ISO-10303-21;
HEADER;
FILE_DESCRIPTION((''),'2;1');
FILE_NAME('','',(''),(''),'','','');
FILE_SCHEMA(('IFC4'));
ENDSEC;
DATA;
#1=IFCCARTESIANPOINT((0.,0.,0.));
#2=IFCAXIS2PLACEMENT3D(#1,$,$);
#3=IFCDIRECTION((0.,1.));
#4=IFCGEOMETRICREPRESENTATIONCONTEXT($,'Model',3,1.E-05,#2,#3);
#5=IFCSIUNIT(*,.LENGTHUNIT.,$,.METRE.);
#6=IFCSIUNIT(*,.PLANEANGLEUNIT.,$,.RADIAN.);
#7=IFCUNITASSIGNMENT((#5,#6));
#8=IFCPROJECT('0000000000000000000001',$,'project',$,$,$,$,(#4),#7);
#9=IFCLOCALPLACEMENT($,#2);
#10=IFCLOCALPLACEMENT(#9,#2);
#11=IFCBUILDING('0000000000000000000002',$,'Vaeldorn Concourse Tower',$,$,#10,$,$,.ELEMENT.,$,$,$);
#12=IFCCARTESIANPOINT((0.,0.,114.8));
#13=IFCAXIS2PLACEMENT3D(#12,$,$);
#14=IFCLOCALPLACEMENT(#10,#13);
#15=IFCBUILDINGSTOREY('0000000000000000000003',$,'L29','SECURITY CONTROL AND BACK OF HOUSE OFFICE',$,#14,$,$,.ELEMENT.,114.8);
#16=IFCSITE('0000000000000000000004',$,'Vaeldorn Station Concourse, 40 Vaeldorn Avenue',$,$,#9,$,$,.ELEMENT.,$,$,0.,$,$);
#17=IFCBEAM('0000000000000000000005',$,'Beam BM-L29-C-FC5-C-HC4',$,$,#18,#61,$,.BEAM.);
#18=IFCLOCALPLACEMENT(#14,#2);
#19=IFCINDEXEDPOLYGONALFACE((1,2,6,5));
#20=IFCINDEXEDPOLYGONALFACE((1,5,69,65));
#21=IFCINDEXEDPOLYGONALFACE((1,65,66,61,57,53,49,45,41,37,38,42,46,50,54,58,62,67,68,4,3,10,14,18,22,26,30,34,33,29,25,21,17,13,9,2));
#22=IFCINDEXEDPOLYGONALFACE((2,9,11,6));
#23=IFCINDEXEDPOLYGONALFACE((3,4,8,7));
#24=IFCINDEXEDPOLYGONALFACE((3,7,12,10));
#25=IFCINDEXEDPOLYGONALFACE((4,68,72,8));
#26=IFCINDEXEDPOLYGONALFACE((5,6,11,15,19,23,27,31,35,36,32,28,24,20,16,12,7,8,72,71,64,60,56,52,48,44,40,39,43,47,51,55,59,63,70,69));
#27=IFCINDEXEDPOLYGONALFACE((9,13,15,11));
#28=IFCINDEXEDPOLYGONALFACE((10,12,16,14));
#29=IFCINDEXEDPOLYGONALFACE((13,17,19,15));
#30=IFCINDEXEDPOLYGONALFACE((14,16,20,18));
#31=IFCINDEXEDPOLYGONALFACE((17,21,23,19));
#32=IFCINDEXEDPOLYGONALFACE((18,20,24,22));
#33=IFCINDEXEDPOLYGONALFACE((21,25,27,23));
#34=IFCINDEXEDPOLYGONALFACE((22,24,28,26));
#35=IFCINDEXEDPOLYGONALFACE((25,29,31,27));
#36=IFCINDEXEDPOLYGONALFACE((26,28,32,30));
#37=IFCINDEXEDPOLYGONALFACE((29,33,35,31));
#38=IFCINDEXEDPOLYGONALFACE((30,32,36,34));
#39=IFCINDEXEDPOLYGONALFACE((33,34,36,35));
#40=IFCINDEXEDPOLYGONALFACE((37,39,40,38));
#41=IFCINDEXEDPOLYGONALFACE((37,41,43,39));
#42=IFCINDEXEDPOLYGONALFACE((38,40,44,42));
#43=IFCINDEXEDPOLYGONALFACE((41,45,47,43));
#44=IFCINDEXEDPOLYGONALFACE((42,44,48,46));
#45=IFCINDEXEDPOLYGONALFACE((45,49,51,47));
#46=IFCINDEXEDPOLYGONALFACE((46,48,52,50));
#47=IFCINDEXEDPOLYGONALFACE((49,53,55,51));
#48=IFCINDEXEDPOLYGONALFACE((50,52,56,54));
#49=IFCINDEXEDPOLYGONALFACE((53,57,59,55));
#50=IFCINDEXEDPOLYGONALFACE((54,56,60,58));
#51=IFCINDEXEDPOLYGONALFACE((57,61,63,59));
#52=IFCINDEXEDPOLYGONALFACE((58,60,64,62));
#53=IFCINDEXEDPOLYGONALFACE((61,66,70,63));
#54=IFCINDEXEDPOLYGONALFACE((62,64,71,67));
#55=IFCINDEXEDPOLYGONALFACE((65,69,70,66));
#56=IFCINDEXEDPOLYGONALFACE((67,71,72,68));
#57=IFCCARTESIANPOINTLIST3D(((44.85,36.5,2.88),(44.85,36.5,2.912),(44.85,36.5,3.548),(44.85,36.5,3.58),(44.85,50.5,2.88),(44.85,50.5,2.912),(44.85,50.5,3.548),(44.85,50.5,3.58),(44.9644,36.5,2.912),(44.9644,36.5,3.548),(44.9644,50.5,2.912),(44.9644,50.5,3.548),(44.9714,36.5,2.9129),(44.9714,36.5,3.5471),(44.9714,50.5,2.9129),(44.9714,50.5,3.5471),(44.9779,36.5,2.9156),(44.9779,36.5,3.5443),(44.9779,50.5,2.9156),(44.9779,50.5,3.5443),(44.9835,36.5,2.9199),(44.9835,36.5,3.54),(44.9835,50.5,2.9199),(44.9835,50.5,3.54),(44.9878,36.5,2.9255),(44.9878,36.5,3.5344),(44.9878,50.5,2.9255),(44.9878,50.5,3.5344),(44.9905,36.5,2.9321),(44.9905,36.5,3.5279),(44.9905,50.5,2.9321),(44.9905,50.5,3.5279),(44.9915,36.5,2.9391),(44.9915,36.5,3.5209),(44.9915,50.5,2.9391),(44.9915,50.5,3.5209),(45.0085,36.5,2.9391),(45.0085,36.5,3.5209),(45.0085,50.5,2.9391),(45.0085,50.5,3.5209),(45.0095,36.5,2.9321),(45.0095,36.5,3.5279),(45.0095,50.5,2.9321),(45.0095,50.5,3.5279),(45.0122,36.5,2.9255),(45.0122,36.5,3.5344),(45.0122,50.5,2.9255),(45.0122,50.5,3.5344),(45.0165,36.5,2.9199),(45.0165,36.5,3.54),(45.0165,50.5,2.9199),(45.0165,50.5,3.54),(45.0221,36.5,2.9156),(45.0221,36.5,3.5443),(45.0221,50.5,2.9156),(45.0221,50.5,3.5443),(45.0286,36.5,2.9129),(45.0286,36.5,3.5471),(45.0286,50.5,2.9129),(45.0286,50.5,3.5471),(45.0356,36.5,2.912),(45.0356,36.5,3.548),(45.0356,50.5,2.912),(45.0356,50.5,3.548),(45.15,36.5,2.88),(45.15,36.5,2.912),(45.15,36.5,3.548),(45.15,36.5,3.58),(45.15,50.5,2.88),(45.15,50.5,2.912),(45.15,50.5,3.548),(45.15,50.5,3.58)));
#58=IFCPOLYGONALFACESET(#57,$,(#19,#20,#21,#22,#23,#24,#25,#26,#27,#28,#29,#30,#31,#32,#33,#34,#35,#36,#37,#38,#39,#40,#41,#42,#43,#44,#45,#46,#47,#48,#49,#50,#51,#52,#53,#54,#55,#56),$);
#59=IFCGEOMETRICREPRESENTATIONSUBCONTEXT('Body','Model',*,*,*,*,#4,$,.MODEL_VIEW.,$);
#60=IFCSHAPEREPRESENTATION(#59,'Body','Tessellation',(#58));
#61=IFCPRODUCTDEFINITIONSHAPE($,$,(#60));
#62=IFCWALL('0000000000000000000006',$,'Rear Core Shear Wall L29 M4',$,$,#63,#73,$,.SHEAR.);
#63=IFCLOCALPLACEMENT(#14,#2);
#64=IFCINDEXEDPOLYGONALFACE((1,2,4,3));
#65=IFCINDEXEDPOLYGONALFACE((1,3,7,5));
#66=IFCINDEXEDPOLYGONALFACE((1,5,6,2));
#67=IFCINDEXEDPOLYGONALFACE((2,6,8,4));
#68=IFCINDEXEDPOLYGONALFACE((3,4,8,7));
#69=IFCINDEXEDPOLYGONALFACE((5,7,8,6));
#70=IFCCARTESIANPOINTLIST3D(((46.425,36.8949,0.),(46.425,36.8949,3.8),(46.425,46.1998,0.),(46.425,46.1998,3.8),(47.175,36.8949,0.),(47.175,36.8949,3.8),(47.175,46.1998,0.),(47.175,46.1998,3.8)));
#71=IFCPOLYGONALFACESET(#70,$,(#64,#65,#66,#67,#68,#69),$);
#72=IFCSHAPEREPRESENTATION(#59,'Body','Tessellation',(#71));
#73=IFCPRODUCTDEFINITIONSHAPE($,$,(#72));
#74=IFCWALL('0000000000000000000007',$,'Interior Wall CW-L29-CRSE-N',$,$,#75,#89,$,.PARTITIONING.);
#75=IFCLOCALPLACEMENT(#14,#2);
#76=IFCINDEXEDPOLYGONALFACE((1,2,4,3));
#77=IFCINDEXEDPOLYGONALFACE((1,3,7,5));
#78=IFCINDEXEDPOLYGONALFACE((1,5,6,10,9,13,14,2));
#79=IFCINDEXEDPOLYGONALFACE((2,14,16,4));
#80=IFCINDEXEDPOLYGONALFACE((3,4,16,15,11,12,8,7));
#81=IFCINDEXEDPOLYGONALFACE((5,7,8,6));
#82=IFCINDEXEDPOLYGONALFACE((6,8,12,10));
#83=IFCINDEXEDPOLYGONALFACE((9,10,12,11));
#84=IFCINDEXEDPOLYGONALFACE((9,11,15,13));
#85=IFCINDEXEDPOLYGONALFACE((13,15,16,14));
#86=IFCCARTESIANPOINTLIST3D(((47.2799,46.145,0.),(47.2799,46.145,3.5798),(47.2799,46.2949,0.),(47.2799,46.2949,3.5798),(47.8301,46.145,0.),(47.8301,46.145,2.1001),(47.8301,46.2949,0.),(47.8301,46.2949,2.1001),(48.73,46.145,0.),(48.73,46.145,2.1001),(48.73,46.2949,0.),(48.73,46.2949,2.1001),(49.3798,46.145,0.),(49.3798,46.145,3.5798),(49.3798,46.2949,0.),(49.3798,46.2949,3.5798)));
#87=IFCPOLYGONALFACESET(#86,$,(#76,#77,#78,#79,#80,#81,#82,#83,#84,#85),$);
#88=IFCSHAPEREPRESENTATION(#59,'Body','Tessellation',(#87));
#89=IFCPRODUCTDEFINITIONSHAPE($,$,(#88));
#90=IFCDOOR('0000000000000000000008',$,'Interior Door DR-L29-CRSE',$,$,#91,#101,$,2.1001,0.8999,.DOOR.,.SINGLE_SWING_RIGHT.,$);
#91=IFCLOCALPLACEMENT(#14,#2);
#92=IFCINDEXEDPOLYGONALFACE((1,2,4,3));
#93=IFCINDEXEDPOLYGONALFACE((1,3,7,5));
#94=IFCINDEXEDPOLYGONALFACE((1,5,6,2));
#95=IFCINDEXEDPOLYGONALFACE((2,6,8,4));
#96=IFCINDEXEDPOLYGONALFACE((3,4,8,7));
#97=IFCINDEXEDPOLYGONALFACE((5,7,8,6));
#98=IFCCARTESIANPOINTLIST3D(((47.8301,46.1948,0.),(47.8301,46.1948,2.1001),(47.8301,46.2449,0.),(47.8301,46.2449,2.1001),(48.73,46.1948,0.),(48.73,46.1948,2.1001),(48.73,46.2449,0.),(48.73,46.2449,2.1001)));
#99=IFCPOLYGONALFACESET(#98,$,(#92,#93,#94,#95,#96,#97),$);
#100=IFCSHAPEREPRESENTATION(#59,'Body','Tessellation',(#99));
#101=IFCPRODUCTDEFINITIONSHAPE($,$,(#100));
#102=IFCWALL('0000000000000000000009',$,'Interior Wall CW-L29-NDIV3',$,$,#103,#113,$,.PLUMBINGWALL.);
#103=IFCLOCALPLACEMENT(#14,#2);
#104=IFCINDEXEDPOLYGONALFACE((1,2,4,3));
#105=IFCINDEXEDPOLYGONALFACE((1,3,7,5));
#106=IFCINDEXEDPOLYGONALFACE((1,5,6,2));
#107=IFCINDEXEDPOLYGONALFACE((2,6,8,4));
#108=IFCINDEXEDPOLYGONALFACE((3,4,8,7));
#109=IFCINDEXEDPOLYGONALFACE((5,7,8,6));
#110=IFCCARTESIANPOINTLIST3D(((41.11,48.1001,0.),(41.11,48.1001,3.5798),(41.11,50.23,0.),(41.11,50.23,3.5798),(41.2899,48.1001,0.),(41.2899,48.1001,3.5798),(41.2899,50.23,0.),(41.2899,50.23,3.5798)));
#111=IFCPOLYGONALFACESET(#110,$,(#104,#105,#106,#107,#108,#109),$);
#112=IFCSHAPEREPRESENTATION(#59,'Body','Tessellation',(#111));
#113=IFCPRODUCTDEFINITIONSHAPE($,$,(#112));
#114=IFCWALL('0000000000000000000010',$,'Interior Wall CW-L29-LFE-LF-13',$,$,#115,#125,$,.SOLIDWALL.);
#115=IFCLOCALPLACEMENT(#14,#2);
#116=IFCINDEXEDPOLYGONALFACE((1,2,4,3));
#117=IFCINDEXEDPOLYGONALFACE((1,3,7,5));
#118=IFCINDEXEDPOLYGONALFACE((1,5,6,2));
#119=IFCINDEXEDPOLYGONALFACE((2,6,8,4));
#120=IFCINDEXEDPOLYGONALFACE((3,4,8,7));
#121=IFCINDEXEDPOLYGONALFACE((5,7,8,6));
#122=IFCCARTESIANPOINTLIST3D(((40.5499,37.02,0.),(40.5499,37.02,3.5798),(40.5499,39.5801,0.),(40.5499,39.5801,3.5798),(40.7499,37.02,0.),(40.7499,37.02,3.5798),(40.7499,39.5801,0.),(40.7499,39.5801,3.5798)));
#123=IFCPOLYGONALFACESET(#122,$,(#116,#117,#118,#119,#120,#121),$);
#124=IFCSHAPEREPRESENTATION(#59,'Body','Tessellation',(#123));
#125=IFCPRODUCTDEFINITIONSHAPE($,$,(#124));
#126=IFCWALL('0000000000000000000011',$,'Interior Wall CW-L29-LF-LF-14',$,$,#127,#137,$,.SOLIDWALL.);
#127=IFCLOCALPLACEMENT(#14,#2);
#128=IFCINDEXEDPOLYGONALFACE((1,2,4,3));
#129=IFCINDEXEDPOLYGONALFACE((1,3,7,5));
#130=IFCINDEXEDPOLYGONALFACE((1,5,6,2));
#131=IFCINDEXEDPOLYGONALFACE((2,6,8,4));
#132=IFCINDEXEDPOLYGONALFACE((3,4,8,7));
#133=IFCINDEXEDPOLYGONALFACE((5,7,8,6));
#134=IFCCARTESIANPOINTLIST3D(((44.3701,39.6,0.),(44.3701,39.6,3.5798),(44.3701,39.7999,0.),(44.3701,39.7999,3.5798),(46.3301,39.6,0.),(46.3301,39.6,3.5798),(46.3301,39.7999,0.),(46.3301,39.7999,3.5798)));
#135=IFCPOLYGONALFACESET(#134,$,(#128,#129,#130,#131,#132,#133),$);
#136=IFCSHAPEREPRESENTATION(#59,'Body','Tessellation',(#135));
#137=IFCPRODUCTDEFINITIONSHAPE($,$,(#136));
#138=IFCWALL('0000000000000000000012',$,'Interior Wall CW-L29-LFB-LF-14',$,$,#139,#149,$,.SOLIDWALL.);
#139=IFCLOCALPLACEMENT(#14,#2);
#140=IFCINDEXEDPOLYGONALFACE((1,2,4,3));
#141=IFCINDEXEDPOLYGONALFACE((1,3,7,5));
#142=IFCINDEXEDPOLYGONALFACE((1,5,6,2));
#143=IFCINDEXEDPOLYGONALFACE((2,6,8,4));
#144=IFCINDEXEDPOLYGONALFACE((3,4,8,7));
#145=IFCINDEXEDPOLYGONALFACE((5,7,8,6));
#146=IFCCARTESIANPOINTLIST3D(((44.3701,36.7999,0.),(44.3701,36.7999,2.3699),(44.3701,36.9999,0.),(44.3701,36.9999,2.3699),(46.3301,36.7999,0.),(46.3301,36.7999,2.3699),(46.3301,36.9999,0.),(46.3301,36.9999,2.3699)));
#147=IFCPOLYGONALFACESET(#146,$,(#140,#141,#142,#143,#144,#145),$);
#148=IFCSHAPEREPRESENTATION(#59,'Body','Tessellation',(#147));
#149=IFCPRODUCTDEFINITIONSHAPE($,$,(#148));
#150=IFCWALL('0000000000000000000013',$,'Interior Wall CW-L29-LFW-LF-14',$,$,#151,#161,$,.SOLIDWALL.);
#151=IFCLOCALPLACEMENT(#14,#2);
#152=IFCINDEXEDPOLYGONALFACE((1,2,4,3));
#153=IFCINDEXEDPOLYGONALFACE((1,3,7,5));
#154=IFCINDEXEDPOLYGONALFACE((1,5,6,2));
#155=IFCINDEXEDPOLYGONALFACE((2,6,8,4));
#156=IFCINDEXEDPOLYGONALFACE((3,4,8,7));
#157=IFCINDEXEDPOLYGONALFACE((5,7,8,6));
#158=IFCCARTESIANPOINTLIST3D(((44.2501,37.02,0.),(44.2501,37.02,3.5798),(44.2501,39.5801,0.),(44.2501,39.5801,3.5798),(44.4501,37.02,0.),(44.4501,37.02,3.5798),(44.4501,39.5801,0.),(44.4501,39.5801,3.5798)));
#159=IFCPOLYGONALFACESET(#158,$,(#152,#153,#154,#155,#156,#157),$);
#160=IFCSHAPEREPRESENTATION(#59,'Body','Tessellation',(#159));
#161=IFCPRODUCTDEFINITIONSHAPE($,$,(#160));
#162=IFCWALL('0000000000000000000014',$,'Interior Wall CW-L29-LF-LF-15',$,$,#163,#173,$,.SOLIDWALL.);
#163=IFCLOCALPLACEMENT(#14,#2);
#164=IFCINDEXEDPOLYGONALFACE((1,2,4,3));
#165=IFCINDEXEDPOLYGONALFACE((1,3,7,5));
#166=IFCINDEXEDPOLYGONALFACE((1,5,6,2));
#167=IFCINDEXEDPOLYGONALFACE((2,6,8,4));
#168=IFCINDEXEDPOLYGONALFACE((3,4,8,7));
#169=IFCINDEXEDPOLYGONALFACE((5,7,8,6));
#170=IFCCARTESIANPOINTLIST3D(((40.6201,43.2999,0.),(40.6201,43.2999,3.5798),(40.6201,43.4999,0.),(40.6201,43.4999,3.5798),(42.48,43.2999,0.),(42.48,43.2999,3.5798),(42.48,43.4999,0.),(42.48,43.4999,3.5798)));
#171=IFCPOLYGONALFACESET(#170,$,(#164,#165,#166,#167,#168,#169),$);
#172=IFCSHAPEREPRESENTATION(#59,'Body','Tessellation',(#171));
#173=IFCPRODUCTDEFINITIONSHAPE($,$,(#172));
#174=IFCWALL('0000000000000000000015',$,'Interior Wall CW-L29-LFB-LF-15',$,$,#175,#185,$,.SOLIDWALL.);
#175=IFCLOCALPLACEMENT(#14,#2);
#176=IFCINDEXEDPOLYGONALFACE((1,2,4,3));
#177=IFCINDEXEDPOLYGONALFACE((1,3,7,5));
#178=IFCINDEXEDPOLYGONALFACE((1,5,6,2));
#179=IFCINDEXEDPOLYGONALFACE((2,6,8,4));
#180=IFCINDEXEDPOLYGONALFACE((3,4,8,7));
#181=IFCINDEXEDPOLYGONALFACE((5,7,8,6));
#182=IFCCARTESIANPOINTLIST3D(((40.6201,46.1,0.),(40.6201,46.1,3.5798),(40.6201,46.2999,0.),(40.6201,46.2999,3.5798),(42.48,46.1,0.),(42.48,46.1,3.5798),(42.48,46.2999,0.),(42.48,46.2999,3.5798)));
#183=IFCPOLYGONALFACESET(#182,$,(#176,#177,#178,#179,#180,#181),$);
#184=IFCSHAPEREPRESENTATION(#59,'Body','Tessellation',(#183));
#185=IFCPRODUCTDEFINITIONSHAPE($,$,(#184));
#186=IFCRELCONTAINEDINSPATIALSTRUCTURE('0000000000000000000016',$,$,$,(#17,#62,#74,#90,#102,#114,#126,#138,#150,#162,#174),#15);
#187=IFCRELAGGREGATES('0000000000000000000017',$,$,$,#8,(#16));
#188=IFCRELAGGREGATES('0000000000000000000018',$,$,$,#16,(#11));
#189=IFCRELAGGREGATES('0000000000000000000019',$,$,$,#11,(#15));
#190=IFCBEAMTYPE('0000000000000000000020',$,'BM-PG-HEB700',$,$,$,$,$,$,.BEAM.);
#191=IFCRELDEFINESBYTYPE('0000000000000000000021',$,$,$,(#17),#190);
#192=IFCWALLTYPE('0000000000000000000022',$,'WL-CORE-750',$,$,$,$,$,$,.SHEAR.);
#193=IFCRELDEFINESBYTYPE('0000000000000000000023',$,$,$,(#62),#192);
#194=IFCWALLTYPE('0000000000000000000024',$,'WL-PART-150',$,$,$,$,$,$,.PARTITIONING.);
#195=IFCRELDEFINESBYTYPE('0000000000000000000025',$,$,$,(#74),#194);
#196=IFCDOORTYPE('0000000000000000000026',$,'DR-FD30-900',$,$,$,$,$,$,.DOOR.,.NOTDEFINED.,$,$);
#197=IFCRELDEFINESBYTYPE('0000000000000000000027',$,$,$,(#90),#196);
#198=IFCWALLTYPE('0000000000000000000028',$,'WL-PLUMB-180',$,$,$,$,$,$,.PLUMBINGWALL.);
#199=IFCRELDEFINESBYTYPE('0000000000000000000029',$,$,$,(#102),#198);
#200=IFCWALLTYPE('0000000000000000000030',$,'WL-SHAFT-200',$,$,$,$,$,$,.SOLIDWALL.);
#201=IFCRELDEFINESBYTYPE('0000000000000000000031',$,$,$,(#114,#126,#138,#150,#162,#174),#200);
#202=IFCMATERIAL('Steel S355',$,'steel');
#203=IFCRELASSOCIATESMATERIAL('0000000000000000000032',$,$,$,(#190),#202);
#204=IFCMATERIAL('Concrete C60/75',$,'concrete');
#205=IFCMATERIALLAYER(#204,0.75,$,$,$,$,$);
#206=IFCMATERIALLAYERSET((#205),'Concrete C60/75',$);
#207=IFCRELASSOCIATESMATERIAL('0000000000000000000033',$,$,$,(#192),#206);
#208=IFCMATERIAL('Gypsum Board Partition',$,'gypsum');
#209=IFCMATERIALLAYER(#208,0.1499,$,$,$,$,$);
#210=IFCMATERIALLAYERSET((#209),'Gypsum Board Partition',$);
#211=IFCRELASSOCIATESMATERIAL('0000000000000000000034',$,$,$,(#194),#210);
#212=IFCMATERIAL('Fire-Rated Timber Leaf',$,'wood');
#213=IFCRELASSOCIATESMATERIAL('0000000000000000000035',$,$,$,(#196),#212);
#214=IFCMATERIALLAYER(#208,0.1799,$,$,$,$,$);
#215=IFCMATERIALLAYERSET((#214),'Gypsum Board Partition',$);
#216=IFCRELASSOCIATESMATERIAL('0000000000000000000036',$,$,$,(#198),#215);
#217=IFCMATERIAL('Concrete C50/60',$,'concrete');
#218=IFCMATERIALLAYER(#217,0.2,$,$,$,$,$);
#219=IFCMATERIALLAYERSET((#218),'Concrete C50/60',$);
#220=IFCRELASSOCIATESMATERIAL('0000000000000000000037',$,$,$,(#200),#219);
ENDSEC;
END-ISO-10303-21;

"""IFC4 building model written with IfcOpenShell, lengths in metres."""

from ifc_helpers import new_model, si_unit, direction, frame, frame_2d, origin, origin_2d, place, context, subcontext, project, spatial, rectangle, i_section, extrude, source, transform, mapped, material, layer, layer_set, material_profile, profile_set, type_object, element, fill, save


model = new_model("IFC4")

# Units and contexts
model_context = context("Model", 3, precision=1e-05, world=origin(), true_north=direction((0.0, 1.0)))
body_context = subcontext(model_context, "Body", "Model", "MODEL_VIEW")
ifc_project = project(units=[si_unit("LENGTHUNIT", "METRE"), si_unit("PLANEANGLEUNIT", "RADIAN")], contexts=[model_context])

# Site, building, storey
site_placement = place(None, origin())
site = spatial("IfcSite", under=ifc_project, at=site_placement, Name="Vaeldorn Station Concourse, 40 Vaeldorn Avenue", CompositionType="ELEMENT", RefElevation=0.0)
building_placement = place(site_placement, origin())
building = spatial("IfcBuilding", under=site, at=building_placement, Name="Vaeldorn Concourse Tower", CompositionType="ELEMENT")
storey_placement = place(building_placement, frame((0.0, 0.0, 114.8)))
storey = spatial("IfcBuildingStorey", under=building, at=storey_placement, Name="L29", Description="SECURITY CONTROL AND BACK OF HOUSE OFFICE", CompositionType="ELEMENT", Elevation=114.8)

# Beam
ifc_material_1 = material(Name="Concrete C60/75", Category="concrete")
ifc_material_2 = material(Name="Steel S355", Category="steel")
ifc_material_profile_1 = material_profile(ifc_material_2, i_section(OverallWidth=0.3, OverallDepth=0.7, WebThickness=0.0171, FlangeThickness=0.032, FilletRadius=0.0271, at=origin_2d()), Name="HEB 700")
ifc_profile_set_1 = profile_set([ifc_material_profile_1], Name="Steel S355")
beam_type_1 = type_object("IfcBeamType", Name="BM-PG-HEB700", PredefinedType="BEAM", material=ifc_profile_set_1)
shared_shape_1 = source(origin(), body_context, "Body", "SweptSolid", [
    extrude(i_section(OverallWidth=0.3, OverallDepth=0.7, WebThickness=0.0171, FlangeThickness=0.032, FilletRadius=0.0271, at=origin_2d()), origin(), (0.0, 0.0, 1.0), 14.0),
])
beam_1_placement = place(storey_placement, frame((45.0, 36.5, 3.23), z_axis=(0.0, 1.0, 0.0), x_axis=(-1.0, 0.0, 0.0)))
element("IfcBeam", 1, at=beam_1_placement, inside=storey, type_object=beam_type_1, Name="Beam BM-L29-C-FC5-C-HC4", PredefinedType="BEAM", context=body_context, shape_type="MappedRepresentation", body=[
    mapped(shared_shape_1, transform((0.0, 0.0, 0.0), scale=1.0)),
])

# Wall
ifc_layer_1 = layer(ifc_material_1, 0.75)
ifc_layer_set_1 = layer_set([ifc_layer_1], Name="Concrete C60/75")
wall_type_1 = type_object("IfcWallType", Name="WL-CORE-750", PredefinedType="SHEAR", material=ifc_layer_set_1)
wall_1_placement = place(storey_placement, frame((46.8, 36.895, 0.0), z_axis=(0.0, 0.0, 1.0), x_axis=(0.0, 1.0, 0.0)))
element("IfcWall", 2, at=wall_1_placement, inside=storey, type_object=wall_type_1, Name="Rear Core Shear Wall L29 M4", PredefinedType="SHEAR", context=body_context, shape_type="SweptSolid", body=[
    extrude(rectangle(XDim=9.3049, YDim=0.75, at=frame_2d((4.6523, 0.0))), origin(), (0.0, 0.0, 1.0), 3.8),
])

# Wall, opening, door
ifc_material_3 = material(Name="Gypsum Board Partition", Category="gypsum")
ifc_layer_2 = layer(ifc_material_3, 0.1499)
ifc_layer_set_2 = layer_set([ifc_layer_2], Name="Gypsum Board Partition")
wall_type_2 = type_object("IfcWallType", Name="WL-PART-150", PredefinedType="PARTITIONING", material=ifc_layer_set_2)
wall_2_placement = place(storey_placement, frame((47.28, 46.22, 0.0), z_axis=(0.0, 0.0, 1.0), x_axis=(1.0, 0.0, 0.0)))
wall_2 = element("IfcWall", 3, at=wall_2_placement, inside=storey, type_object=wall_type_2, Name="Interior Wall CW-L29-CRSE-N", PredefinedType="PARTITIONING", context=body_context, shape_type="SweptSolid", body=[
    extrude(rectangle(XDim=2.0999, YDim=0.1499, at=frame_2d((1.0498, 0.0))), origin(), (0.0, 0.0, 1.0), 3.5798),
])
opening_1_placement = place(wall_2_placement, frame((0.55, 0.0, 0.0)))
opening_1 = element("IfcOpeningElement", 4, at=opening_1_placement, cuts=wall_2, PredefinedType="OPENING", context=body_context, shape_type="SweptSolid", body=[
    extrude(rectangle(XDim=0.8999, YDim=2.1001, at=frame_2d((0.45, 1.05))), frame((0.0, 0.085, 0.0), z_axis=(0.0, -1.0, 0.0), x_axis=(1.0, 0.0, 0.0)), (0.0, 0.0, 1.0), 0.1699),
])
ifc_material_4 = material(Name="Fire-Rated Timber Leaf", Category="wood")
door_type_1 = type_object("IfcDoorType", Name="DR-FD30-900", OperationType="NOTDEFINED", PredefinedType="DOOR", material=ifc_material_4)
shared_shape_2 = source(origin(), body_context, "Body", "SweptSolid", [
    extrude(rectangle(XDim=0.8999, YDim=2.1001, at=frame_2d((0.45, 1.05))), frame((0.0, 0.0249, 0.0), z_axis=(0.0, -1.0, 0.0), x_axis=(1.0, 0.0, 0.0)), (0.0, 0.0, 1.0), 0.05),
])
door_1_placement = place(opening_1_placement, origin())
door_1 = element("IfcDoor", 5, at=door_1_placement, inside=storey, type_object=door_type_1, Name="Interior Door DR-L29-CRSE", OperationType="SINGLE_SWING_RIGHT", OverallHeight=2.1001, OverallWidth=0.8999, PredefinedType="DOOR", context=body_context, shape_type="MappedRepresentation", body=[
    mapped(shared_shape_2, transform((0.0, 0.0, 0.0), scale=1.0)),
])
fill(opening_1, door_1)

# Wall
ifc_layer_3 = layer(ifc_material_3, 0.1799)
ifc_layer_set_3 = layer_set([ifc_layer_3], Name="Gypsum Board Partition")
wall_type_3 = type_object("IfcWallType", Name="WL-PLUMB-180", PredefinedType="PLUMBINGWALL", material=ifc_layer_set_3)
wall_3_placement = place(storey_placement, frame((41.2, 48.1001, 0.0), z_axis=(0.0, 0.0, 1.0), x_axis=(0.0, 1.0, 0.0)))
element("IfcWall", 6, at=wall_3_placement, inside=storey, type_object=wall_type_3, Name="Interior Wall CW-L29-NDIV3", PredefinedType="PLUMBINGWALL", context=body_context, shape_type="SweptSolid", body=[
    extrude(rectangle(XDim=2.1299, YDim=0.1799, at=frame_2d((1.0649, 0.0))), origin(), (0.0, 0.0, 1.0), 3.5798),
])

# Shared definitions
ifc_material_5 = material(Name="Concrete C50/60", Category="concrete")
ifc_layer_4 = layer(ifc_material_5, 0.2)
ifc_layer_set_4 = layer_set([ifc_layer_4], Name="Concrete C50/60")
wall_type_4 = type_object("IfcWallType", Name="WL-SHAFT-200", PredefinedType="SOLIDWALL", material=ifc_layer_set_4)

# Walls
wall_4_placement = place(storey_placement, frame((40.6499, 37.02, 0.0), z_axis=(0.0, 0.0, 1.0), x_axis=(0.0, 1.0, 0.0)))
element("IfcWall", 7, at=wall_4_placement, inside=storey, type_object=wall_type_4, Name="Interior Wall CW-L29-LFE-LF-13", PredefinedType="SOLIDWALL", context=body_context, shape_type="SweptSolid", body=[
    extrude(rectangle(XDim=2.5601, YDim=0.2, at=frame_2d((1.28, 0.0))), origin(), (0.0, 0.0, 1.0), 3.5798),
])
wall_5_placement = place(storey_placement, frame((44.3701, 39.7, 0.0), z_axis=(0.0, 0.0, 1.0), x_axis=(1.0, 0.0, 0.0)))
element("IfcWall", 8, at=wall_5_placement, inside=storey, type_object=wall_type_4, Name="Interior Wall CW-L29-LF-LF-14", PredefinedType="SOLIDWALL", context=body_context, shape_type="SweptSolid", body=[
    extrude(rectangle(XDim=1.96, YDim=0.2, at=frame_2d((0.98, 0.0))), origin(), (0.0, 0.0, 1.0), 3.5798),
])
wall_6_placement = place(storey_placement, frame((44.3701, 36.8999, 0.0), z_axis=(0.0, 0.0, 1.0), x_axis=(1.0, 0.0, 0.0)))
element("IfcWall", 9, at=wall_6_placement, inside=storey, type_object=wall_type_4, Name="Interior Wall CW-L29-LFB-LF-14", PredefinedType="SOLIDWALL", context=body_context, shape_type="SweptSolid", body=[
    extrude(rectangle(XDim=1.96, YDim=0.2, at=frame_2d((0.98, 0.0))), origin(), (0.0, 0.0, 1.0), 2.3699),
])
wall_7_placement = place(storey_placement, frame((44.3501, 37.02, 0.0), z_axis=(0.0, 0.0, 1.0), x_axis=(0.0, 1.0, 0.0)))
element("IfcWall", 10, at=wall_7_placement, inside=storey, type_object=wall_type_4, Name="Interior Wall CW-L29-LFW-LF-14", PredefinedType="SOLIDWALL", context=body_context, shape_type="SweptSolid", body=[
    extrude(rectangle(XDim=2.5601, YDim=0.2, at=frame_2d((1.28, 0.0))), origin(), (0.0, 0.0, 1.0), 3.5798),
])
for number, where, z_axis, x_axis, name in (
    (11, (40.6201, 43.3999, 0.0), (0.0, 0.0, 1.0), (1.0, 0.0, 0.0), "Interior Wall CW-L29-LF-LF-15"),
    (12, (40.6201, 46.2, 0.0), (0.0, 0.0, 1.0), (1.0, 0.0, 0.0), "Interior Wall CW-L29-LFB-LF-15"),
):
    element("IfcWall", number, at=place(storey_placement, frame(where, z_axis=z_axis, x_axis=x_axis)), inside=storey, type_object=wall_type_4, Name=name, PredefinedType="SOLIDWALL", context=body_context, shape_type="SweptSolid", body=[
        extrude(rectangle(XDim=1.8599, YDim=0.2, at=frame_2d((0.9299, 0.0))), origin(), (0.0, 0.0, 1.0), 3.5798),
    ])

save(model, "model.ifc")
